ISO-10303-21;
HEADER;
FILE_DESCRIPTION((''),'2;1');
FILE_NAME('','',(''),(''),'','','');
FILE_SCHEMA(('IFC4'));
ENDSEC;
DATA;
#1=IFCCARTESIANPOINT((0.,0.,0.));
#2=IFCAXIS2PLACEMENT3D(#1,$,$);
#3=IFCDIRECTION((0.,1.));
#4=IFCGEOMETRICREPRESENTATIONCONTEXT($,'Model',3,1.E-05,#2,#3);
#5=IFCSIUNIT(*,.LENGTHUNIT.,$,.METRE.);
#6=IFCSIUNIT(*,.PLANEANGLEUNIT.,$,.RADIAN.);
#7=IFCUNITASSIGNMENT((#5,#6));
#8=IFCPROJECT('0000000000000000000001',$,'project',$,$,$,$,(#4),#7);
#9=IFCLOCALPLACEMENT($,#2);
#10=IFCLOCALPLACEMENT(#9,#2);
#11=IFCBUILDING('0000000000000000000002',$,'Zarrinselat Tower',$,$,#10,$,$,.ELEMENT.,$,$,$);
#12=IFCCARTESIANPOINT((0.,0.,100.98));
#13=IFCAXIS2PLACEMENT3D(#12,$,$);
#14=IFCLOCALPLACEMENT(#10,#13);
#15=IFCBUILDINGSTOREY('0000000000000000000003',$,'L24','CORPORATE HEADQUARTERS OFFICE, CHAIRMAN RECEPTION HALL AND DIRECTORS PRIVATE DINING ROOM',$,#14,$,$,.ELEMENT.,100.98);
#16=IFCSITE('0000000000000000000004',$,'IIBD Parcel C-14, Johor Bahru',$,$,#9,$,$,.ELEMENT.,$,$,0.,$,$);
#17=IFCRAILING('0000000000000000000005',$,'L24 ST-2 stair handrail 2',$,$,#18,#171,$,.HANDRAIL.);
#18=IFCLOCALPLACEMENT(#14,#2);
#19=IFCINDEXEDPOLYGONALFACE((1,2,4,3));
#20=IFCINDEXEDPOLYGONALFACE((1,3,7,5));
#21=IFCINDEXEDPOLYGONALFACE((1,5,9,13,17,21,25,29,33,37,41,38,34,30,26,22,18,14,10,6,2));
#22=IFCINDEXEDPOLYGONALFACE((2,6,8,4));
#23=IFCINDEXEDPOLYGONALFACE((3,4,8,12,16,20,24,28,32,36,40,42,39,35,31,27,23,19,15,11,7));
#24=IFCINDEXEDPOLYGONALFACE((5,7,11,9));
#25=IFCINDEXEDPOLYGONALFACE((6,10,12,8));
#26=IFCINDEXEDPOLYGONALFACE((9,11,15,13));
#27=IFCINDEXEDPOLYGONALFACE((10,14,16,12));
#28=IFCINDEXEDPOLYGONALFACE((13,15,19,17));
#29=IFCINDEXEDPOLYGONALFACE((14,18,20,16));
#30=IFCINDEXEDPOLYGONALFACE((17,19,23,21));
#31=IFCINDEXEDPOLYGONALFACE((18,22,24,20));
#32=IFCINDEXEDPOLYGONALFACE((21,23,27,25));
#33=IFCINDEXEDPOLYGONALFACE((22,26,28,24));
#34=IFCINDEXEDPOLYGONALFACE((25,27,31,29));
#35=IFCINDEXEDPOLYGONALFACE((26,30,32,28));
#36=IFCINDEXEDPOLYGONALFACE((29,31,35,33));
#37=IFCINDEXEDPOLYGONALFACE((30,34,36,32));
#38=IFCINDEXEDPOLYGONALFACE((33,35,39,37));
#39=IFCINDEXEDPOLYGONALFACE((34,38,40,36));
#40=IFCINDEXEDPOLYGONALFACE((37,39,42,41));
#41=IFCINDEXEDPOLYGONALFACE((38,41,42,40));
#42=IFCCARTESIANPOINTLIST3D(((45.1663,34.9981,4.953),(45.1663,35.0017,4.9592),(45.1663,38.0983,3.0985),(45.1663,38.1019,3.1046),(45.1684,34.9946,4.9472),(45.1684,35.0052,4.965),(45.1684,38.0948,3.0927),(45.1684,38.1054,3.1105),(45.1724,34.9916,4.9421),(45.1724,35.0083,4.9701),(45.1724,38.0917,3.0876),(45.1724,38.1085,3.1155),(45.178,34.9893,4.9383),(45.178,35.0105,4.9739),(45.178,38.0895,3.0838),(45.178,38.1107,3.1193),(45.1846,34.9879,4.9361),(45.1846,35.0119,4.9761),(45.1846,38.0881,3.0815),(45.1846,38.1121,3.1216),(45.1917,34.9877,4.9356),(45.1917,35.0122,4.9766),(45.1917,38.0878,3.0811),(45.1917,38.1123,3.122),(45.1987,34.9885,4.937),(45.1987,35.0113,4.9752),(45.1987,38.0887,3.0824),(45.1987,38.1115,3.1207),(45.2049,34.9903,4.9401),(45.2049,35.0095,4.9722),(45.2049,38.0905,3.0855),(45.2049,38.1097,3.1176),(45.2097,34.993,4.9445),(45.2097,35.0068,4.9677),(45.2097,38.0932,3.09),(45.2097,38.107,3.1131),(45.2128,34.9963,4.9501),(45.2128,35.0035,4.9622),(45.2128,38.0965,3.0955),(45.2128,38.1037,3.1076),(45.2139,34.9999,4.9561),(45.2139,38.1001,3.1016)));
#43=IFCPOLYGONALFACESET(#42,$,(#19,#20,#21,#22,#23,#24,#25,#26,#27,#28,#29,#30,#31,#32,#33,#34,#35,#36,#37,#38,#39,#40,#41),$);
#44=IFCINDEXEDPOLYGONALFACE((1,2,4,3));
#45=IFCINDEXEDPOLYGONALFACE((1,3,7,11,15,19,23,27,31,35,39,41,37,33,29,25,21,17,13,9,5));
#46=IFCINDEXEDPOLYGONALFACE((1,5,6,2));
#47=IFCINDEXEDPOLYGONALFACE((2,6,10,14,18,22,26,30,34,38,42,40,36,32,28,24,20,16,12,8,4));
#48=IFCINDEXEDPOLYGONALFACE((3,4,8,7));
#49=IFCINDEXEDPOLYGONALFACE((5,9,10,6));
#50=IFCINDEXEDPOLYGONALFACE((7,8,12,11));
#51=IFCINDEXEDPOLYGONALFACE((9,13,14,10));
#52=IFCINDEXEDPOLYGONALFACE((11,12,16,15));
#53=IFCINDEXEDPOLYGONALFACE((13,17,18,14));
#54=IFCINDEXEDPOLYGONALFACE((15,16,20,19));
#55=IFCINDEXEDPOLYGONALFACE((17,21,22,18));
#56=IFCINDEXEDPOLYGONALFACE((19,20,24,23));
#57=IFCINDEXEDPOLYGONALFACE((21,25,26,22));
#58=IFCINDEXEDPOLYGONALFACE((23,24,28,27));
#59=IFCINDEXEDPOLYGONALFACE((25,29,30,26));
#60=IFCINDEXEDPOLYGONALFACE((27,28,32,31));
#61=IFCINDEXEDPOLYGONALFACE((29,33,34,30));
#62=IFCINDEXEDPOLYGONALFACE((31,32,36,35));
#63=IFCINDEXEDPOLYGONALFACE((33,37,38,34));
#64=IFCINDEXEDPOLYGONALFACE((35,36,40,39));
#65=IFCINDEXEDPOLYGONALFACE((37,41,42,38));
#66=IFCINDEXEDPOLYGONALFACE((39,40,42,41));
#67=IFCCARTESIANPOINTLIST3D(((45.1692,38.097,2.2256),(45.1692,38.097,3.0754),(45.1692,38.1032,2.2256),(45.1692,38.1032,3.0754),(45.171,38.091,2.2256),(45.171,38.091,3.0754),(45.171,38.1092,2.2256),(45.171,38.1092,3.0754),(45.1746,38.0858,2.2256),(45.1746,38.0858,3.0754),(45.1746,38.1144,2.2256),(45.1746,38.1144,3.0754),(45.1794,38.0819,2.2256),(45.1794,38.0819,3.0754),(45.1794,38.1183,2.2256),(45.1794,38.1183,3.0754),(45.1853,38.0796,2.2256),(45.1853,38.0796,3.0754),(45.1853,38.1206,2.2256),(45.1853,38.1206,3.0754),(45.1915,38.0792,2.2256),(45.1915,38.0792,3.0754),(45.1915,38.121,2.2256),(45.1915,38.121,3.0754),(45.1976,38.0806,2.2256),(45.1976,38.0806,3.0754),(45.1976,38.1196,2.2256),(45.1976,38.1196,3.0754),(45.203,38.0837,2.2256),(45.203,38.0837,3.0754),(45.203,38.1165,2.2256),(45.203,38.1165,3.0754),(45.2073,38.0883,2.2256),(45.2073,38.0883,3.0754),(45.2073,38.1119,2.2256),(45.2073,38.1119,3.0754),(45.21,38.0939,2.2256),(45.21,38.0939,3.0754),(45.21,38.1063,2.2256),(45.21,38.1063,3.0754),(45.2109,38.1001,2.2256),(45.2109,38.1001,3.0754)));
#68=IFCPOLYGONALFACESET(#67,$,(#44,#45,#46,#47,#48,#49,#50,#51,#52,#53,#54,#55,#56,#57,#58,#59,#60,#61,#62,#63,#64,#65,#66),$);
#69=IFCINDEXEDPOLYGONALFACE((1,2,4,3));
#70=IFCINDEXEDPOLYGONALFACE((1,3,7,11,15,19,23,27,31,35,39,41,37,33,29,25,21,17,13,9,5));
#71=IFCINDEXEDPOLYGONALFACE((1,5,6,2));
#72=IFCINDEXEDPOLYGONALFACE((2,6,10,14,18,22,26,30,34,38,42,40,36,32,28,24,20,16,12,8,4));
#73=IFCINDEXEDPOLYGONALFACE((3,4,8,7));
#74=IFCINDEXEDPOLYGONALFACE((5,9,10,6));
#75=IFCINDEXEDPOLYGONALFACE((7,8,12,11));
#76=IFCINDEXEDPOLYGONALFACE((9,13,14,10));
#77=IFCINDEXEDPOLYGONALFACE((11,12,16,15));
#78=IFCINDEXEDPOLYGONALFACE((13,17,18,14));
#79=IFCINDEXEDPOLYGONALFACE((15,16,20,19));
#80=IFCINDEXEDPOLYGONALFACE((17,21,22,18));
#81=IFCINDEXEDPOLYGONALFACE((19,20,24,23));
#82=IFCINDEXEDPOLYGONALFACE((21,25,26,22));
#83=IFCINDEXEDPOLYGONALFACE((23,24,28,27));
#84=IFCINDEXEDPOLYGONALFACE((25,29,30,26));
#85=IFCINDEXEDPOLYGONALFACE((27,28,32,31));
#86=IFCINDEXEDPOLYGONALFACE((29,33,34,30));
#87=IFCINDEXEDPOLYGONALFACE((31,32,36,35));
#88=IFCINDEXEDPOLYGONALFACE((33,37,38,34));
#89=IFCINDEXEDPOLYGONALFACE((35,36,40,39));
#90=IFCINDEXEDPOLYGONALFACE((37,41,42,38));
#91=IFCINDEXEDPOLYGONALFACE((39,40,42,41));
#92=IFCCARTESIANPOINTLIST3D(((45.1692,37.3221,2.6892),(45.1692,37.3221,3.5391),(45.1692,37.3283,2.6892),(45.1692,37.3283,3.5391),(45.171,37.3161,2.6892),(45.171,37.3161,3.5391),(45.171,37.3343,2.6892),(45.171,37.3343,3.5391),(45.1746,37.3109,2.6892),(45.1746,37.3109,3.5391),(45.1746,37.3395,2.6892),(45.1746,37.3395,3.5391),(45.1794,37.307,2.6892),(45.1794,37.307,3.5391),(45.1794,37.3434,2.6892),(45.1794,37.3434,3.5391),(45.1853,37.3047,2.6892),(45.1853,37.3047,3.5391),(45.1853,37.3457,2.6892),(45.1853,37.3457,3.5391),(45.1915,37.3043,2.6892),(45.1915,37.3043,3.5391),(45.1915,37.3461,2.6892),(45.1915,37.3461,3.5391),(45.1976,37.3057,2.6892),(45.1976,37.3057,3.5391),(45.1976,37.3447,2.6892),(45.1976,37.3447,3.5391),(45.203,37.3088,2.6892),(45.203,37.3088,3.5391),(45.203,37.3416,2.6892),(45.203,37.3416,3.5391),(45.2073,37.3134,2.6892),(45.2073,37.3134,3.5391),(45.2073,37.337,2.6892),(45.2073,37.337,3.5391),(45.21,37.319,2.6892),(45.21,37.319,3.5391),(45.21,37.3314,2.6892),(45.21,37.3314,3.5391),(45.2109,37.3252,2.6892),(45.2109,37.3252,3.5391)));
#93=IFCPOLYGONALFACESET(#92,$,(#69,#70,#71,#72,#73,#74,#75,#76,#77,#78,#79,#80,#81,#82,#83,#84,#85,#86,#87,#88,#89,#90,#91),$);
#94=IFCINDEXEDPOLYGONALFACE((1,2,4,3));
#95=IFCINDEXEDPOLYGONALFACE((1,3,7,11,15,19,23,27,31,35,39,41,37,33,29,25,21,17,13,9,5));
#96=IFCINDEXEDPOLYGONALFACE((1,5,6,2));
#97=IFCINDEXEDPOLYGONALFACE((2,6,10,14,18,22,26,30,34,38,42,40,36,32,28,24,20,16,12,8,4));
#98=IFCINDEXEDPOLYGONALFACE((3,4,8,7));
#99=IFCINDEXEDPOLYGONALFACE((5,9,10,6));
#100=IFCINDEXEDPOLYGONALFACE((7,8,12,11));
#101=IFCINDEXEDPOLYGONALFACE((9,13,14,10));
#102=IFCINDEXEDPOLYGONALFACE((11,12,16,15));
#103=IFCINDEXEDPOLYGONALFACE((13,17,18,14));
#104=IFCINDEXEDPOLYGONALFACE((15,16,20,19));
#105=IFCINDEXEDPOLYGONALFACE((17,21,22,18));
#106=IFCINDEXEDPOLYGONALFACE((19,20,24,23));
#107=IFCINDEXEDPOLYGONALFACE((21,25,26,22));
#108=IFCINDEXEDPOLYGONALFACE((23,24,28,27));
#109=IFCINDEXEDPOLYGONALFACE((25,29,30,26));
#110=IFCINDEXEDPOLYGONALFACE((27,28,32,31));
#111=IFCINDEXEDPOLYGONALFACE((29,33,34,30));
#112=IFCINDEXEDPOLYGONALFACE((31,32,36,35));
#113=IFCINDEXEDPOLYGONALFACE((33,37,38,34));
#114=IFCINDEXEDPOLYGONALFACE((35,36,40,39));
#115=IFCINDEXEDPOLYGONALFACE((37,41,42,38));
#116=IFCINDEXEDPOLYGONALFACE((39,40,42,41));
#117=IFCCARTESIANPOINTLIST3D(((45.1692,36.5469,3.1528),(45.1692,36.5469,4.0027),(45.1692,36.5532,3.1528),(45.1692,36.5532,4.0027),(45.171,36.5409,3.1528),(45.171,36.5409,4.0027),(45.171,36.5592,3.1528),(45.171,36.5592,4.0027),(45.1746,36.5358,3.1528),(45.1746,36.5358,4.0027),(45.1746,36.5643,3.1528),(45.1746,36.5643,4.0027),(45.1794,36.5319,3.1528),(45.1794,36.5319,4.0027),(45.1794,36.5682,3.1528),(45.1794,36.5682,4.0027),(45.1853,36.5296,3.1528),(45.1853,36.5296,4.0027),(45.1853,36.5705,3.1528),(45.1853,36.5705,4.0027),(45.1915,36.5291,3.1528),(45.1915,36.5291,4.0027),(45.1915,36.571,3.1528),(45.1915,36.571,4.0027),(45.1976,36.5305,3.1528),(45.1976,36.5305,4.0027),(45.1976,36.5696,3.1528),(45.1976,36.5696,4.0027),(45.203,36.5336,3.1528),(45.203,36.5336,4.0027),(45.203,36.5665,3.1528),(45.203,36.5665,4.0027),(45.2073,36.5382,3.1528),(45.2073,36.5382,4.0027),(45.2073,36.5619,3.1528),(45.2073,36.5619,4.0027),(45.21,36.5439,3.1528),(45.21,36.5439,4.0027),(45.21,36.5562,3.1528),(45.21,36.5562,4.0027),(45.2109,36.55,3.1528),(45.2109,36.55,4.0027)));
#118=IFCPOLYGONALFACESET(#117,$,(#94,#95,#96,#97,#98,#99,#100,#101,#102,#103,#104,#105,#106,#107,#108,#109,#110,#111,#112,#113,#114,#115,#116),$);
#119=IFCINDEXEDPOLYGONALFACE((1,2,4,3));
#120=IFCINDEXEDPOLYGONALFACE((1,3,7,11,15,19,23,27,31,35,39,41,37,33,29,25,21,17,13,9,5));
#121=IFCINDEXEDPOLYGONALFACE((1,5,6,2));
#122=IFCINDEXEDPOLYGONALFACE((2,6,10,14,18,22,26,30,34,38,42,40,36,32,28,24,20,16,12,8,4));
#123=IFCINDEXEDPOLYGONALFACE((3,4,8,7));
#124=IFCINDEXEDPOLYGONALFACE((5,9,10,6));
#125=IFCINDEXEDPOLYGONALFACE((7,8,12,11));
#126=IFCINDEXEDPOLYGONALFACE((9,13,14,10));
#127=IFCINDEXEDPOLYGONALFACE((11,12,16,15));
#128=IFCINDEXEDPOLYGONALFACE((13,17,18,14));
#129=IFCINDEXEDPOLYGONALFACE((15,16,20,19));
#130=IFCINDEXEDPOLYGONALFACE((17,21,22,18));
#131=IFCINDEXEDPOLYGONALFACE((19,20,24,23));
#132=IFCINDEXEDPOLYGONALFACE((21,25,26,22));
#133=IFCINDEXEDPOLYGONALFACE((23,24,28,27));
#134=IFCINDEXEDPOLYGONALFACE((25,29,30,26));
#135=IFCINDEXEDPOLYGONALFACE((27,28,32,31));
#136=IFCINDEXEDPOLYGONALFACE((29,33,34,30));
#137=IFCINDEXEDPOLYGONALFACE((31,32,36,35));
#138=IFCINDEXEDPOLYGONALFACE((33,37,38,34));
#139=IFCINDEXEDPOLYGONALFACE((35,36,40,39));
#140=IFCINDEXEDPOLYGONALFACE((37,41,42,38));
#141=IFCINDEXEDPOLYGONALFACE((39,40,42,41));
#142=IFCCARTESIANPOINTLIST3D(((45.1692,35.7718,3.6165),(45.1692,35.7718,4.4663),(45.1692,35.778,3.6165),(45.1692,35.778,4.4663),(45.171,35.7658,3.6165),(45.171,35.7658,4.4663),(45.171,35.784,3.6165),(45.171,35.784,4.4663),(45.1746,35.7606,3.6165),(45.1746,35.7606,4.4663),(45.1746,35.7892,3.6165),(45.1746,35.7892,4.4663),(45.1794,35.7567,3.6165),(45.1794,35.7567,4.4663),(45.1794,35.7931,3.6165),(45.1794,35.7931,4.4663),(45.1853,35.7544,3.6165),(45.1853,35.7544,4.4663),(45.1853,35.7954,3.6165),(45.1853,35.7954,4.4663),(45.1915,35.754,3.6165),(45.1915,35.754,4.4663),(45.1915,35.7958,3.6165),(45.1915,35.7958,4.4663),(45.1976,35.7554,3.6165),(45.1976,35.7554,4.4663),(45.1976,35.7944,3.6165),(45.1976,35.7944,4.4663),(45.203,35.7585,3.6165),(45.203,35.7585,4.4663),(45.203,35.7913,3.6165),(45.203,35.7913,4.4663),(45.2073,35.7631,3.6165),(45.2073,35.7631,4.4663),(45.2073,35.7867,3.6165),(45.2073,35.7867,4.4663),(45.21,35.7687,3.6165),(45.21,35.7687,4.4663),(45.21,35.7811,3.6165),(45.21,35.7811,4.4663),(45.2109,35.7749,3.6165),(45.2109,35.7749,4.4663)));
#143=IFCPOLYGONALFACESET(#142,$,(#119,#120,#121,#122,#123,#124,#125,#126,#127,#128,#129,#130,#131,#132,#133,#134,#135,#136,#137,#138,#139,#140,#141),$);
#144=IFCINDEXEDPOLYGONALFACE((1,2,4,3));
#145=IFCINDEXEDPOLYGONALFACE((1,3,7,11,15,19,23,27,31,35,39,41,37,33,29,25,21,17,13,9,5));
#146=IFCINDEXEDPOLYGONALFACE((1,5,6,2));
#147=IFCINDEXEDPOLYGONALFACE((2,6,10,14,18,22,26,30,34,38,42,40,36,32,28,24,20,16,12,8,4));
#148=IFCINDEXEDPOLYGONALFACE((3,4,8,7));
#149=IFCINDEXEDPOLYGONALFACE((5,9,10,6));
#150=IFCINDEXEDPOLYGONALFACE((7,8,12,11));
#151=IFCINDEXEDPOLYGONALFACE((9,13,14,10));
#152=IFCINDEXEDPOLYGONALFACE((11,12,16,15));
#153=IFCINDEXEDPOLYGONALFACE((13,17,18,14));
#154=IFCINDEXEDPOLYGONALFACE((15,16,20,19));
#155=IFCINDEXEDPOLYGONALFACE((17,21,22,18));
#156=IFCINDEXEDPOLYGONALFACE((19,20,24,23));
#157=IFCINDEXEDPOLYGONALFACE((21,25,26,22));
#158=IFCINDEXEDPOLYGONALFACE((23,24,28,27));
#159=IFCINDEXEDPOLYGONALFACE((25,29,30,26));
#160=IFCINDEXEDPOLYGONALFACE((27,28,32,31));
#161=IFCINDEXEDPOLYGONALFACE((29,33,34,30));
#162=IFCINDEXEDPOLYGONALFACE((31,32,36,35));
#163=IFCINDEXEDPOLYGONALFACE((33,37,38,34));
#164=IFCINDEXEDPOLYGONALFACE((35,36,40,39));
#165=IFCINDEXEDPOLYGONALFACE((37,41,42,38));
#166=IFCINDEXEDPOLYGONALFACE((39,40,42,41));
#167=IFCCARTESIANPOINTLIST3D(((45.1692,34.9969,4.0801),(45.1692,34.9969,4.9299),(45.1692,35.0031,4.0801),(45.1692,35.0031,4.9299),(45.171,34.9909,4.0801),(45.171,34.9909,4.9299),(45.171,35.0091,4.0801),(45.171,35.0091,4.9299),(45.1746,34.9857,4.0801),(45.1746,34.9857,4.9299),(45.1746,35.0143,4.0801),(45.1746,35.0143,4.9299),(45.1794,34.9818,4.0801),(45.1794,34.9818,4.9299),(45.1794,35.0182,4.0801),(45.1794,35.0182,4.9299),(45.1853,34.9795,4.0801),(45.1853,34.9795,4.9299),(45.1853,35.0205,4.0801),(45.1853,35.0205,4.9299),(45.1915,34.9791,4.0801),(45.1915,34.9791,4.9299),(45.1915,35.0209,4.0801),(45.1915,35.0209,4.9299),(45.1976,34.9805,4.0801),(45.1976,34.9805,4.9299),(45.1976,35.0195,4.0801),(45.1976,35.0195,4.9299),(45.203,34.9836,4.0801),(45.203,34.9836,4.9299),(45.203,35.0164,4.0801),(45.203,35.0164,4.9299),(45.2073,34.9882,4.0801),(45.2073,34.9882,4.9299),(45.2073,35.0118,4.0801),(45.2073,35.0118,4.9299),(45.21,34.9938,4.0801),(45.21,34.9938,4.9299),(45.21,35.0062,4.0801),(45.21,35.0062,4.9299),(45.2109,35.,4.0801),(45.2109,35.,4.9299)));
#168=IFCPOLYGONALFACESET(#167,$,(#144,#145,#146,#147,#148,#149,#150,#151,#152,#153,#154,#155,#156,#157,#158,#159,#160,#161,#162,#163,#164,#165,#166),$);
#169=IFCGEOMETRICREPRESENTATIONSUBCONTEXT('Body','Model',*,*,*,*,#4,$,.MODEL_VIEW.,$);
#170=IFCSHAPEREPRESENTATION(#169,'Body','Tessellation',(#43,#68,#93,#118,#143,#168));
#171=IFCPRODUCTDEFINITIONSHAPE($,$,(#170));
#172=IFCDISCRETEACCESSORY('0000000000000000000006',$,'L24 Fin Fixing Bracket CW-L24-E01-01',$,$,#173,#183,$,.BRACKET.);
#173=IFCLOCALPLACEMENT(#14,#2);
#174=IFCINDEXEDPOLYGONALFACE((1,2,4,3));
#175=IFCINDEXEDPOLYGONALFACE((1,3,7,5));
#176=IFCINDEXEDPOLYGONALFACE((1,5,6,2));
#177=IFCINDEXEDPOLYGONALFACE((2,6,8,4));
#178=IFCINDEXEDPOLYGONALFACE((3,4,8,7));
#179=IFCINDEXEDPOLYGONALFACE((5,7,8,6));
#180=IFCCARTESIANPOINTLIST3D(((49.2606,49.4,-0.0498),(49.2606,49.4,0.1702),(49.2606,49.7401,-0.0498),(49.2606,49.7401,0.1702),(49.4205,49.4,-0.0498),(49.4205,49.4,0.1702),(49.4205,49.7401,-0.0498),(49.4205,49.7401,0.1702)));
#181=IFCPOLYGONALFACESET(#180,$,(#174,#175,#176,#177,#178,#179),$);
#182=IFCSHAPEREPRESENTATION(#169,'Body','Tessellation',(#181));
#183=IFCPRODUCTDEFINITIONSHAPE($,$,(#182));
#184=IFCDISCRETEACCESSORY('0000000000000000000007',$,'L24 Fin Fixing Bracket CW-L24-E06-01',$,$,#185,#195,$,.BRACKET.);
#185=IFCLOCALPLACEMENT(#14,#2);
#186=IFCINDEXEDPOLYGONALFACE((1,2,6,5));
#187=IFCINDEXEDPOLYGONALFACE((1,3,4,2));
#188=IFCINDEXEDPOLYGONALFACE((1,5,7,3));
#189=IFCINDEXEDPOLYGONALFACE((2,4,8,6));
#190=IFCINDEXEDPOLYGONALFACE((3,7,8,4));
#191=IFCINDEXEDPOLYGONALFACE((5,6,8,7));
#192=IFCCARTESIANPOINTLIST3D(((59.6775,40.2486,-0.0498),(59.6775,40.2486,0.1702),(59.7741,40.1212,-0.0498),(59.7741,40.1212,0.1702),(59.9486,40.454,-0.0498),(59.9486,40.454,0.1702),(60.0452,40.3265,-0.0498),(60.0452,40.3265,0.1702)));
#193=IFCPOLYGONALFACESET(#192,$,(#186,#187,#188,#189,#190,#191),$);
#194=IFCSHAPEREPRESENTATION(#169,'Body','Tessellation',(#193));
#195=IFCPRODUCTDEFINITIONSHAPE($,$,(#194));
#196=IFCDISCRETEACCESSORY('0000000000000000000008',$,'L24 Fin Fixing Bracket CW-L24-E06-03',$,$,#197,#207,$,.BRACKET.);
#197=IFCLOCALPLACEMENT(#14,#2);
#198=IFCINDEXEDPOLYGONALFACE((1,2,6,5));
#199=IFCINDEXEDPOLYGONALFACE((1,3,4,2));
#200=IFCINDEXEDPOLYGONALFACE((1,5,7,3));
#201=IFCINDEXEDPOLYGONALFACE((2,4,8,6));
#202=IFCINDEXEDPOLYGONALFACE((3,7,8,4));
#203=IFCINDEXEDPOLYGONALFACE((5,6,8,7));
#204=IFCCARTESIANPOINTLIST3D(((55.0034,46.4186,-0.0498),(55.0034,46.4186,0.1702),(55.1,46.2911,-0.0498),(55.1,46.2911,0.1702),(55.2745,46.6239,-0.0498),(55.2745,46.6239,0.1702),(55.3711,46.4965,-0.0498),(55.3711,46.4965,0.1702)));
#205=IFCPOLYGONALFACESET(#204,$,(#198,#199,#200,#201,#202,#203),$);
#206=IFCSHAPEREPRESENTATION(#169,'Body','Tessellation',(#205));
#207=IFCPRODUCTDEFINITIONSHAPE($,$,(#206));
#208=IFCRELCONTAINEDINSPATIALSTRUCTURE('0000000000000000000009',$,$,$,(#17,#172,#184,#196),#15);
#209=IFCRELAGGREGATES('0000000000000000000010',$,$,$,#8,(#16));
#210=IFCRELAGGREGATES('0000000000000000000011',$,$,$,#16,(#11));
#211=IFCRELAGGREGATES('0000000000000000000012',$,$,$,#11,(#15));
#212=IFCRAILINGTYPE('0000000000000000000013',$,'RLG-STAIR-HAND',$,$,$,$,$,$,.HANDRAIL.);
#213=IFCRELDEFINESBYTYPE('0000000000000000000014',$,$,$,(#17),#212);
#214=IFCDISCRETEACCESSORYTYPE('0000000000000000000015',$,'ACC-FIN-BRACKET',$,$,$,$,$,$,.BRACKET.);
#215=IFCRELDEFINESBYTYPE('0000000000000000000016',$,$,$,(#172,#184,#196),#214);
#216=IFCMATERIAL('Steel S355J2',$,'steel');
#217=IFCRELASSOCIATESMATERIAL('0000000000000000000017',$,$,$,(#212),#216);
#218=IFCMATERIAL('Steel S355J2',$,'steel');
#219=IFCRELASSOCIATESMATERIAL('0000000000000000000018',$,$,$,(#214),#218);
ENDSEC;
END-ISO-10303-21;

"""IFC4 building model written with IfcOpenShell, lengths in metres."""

from ifc_helpers import new_model, si_unit, direction, frame, origin, origin_2d, place, context, subcontext, project, spatial, rectangle, circle, extrude, material, type_object, element, save


model = new_model("IFC4")

# Units and contexts
model_context = context("Model", 3, precision=1e-05, world=origin(), true_north=direction((0.0, 1.0)))
body_context = subcontext(model_context, "Body", "Model", "MODEL_VIEW")
ifc_project = project(units=[si_unit("LENGTHUNIT", "METRE"), si_unit("PLANEANGLEUNIT", "RADIAN")], contexts=[model_context])

# Site, building, storey
site_placement = place(None, origin())
site = spatial("IfcSite", under=ifc_project, at=site_placement, Name="IIBD Parcel C-14, Johor Bahru", CompositionType="ELEMENT", RefElevation=0.0)
building_placement = place(site_placement, origin())
building = spatial("IfcBuilding", under=site, at=building_placement, Name="Zarrinselat Tower", CompositionType="ELEMENT")
storey_placement = place(building_placement, frame((0.0, 0.0, 100.98)))
storey = spatial("IfcBuildingStorey", under=building, at=storey_placement, Name="L24", Description="CORPORATE HEADQUARTERS OFFICE, CHAIRMAN RECEPTION HALL AND DIRECTORS PRIVATE DINING ROOM", CompositionType="ELEMENT", Elevation=100.98)

# Railing
ifc_material_1 = material(Name="Steel S355J2", Category="steel")
railing_type_1 = type_object("IfcRailingType", Name="RLG-STAIR-HAND", PredefinedType="HANDRAIL", material=ifc_material_1)
railing_1_placement = place(storey_placement, frame((45.1899, 38.1001, 2.2256)))
element("IfcRailing", 1, at=railing_1_placement, inside=storey, type_object=railing_type_1, Name="L24 ST-2 stair handrail 2", PredefinedType="HANDRAIL", context=body_context, shape_type="SweptSolid", body=[
    extrude(circle(Radius=0.0239, at=origin_2d()), frame((0.0, 0.0, 0.876), z_axis=(0.0, -0.858172, 0.513362), x_axis=(1.0, 0.0, 0.0)), (0.0, 0.0, 1.0), 3.6125),
    extrude(circle(Radius=0.021, at=origin_2d()), origin(), (0.0, 0.0, 1.0), 0.8499),
    extrude(circle(Radius=0.021, at=origin_2d()), frame((0.0, -0.7749, 0.4636)), (0.0, 0.0, 1.0), 0.8499),
    extrude(circle(Radius=0.021, at=origin_2d()), frame((0.0, -1.55, 0.9272)), (0.0, 0.0, 1.0), 0.8499),
    extrude(circle(Radius=0.021, at=origin_2d()), frame((0.0, -2.3252, 1.3909)), (0.0, 0.0, 1.0), 0.8499),
    extrude(circle(Radius=0.021, at=origin_2d()), frame((0.0, -3.1001, 1.8545)), (0.0, 0.0, 1.0), 0.8499),
])

# Discrete accessories
ifc_material_2 = material(Name="Steel S355J2", Category="steel")
discrete_accessory_type = type_object("IfcDiscreteAccessoryType", Name="ACC-FIN-BRACKET", PredefinedType="BRACKET", material=ifc_material_2)
for number, where, z_axis, x_axis, name in (
    (2, (49.3406, 49.5701, -0.0498), (0.0, 0.0, 1.0), (0.0, 1.0, 0.0), "L24 Fin Fixing Bracket CW-L24-E01-01"),
    (3, (59.8613, 40.2876, -0.0498), (0.0, 0.0, 1.0), (0.797092, 0.603858, 0.0), "L24 Fin Fixing Bracket CW-L24-E06-01"),
    (4, (55.1873, 46.4575, -0.0498), (0.0, 0.0, 1.0), (0.797092, 0.603858, 0.0), "L24 Fin Fixing Bracket CW-L24-E06-03"),
):
    element("IfcDiscreteAccessory", number, at=place(storey_placement, frame(where, z_axis=z_axis, x_axis=x_axis)), inside=storey, type_object=discrete_accessory_type, Name=name, PredefinedType="BRACKET", context=body_context, shape_type="SweptSolid", body=[
        extrude(rectangle(XDim=0.3401, YDim=0.1599, at=origin_2d()), origin(), (0.0, 0.0, 1.0), 0.22),
    ])

save(model, "model.ifc")
